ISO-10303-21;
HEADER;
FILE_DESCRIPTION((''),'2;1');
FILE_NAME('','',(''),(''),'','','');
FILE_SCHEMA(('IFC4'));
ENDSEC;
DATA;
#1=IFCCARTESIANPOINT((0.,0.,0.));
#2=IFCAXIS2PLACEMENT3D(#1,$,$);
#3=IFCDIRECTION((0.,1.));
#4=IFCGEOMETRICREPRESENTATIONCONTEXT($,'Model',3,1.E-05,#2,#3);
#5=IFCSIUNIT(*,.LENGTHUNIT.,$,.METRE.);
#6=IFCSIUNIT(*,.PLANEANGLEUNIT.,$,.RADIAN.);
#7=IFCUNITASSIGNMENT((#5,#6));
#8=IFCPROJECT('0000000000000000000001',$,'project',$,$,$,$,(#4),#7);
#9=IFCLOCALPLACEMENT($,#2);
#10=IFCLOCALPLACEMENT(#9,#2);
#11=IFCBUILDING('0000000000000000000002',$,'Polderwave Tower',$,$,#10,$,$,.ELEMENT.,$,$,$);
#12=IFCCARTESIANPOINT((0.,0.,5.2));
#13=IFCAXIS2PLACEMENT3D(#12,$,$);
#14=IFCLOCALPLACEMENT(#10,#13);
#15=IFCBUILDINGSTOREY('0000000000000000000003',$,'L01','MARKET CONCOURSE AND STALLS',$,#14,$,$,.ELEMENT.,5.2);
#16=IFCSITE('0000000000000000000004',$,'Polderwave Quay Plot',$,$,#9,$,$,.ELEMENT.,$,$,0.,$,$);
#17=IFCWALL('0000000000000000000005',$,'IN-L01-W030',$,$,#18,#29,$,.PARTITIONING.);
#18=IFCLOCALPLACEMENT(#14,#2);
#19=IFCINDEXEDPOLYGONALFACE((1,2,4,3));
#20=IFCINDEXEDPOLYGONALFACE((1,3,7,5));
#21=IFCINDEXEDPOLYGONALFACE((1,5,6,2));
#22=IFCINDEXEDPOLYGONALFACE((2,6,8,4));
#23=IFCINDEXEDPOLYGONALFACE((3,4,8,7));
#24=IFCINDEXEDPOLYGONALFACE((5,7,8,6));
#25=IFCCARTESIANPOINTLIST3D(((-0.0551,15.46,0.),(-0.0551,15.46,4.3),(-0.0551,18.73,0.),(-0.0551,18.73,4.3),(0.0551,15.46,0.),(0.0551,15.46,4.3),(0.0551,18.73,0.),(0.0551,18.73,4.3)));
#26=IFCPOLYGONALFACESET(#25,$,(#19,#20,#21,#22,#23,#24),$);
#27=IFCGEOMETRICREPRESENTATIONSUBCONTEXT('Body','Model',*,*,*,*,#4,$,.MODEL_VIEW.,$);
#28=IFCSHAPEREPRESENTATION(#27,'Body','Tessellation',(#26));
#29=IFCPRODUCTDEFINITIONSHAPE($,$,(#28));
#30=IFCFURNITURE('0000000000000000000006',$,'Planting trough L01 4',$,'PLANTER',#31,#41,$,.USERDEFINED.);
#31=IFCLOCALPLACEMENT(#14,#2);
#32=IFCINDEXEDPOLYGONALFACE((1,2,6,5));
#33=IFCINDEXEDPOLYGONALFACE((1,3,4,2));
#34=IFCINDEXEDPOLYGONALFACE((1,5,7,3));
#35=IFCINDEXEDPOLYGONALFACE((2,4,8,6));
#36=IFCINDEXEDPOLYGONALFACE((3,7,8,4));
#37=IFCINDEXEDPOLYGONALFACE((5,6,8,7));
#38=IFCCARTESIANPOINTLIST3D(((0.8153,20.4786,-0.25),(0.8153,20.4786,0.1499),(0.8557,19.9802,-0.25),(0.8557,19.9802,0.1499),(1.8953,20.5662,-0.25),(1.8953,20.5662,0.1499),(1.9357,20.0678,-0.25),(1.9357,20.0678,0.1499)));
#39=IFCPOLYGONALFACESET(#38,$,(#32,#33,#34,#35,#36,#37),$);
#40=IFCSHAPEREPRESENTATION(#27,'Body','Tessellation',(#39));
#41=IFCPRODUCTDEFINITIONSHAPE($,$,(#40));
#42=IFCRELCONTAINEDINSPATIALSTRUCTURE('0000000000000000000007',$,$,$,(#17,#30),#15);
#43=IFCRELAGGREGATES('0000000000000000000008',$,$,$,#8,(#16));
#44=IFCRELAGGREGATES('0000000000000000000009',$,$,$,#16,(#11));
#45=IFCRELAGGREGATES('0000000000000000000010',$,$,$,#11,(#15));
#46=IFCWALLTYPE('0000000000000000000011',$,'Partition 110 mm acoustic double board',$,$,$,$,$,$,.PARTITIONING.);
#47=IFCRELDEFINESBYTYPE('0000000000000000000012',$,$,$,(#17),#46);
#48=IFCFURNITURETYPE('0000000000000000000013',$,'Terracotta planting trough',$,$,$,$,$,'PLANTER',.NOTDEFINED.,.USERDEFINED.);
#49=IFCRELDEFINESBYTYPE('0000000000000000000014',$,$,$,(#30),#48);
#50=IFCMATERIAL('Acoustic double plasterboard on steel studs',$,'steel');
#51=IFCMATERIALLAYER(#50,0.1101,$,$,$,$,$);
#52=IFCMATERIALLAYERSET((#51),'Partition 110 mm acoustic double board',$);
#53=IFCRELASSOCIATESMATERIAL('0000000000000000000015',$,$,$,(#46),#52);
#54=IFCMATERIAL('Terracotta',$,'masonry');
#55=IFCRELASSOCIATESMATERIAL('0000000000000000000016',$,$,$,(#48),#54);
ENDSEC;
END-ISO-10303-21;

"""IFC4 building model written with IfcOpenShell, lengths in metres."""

from ifc_helpers import new_model, si_unit, direction, frame, frame_2d, origin, origin_2d, place, context, subcontext, project, spatial, rectangle, extrude, material, layer, layer_set, type_object, element, save


model = new_model("IFC4")

# Units and contexts
model_context = context("Model", 3, precision=1e-05, world=origin(), true_north=direction((0.0, 1.0)))
body_context = subcontext(model_context, "Body", "Model", "MODEL_VIEW")
ifc_project = project(units=[si_unit("LENGTHUNIT", "METRE"), si_unit("PLANEANGLEUNIT", "RADIAN")], contexts=[model_context])

# Site, building, storey
site_placement = place(None, origin())
site = spatial("IfcSite", under=ifc_project, at=site_placement, Name="Polderwave Quay Plot", CompositionType="ELEMENT", RefElevation=0.0)
building_placement = place(site_placement, origin())
building = spatial("IfcBuilding", under=site, at=building_placement, Name="Polderwave Tower", CompositionType="ELEMENT")
storey_placement = place(building_placement, frame((0.0, 0.0, 5.2)))
storey = spatial("IfcBuildingStorey", under=building, at=storey_placement, Name="L01", Description="MARKET CONCOURSE AND STALLS", CompositionType="ELEMENT", Elevation=5.2)

# Wall
ifc_material_1 = material(Name="Acoustic double plasterboard on steel studs", Category="steel")
ifc_layer_1 = layer(ifc_material_1, 0.1101)
ifc_layer_set_1 = layer_set([ifc_layer_1], Name="Partition 110 mm acoustic double board")
wall_type_1 = type_object("IfcWallType", Name="Partition 110 mm acoustic double board", PredefinedType="PARTITIONING", material=ifc_layer_set_1)
wall_1_placement = place(storey_placement, frame((0.0, 15.46, 0.0), z_axis=(0.0, 0.0, 1.0), x_axis=(0.0, 1.0, 0.0)))
element("IfcWall", 1, at=wall_1_placement, inside=storey, type_object=wall_type_1, Name="IN-L01-W030", PredefinedType="PARTITIONING", context=body_context, shape_type="SweptSolid", body=[
    extrude(rectangle(XDim=3.27, YDim=0.1101, at=frame_2d((1.635, 0.0))), origin(), (0.0, 0.0, 1.0), 4.3),
])

# Furniture
ifc_material_2 = material(Name="Terracotta", Category="masonry")
furniture_type = type_object("IfcFurnitureType", Name="Terracotta planting trough", ElementType="PLANTER", AssemblyPlace="NOTDEFINED", PredefinedType="USERDEFINED", material=ifc_material_2)
furniture_placement = place(storey_placement, frame((1.3755, 20.2732, -0.25), z_axis=(0.0, 0.0, 1.0), x_axis=(-0.99673, -0.080806, 0.0)))
element("IfcFurniture", 2, at=furniture_placement, inside=storey, type_object=furniture_type, Name="Planting trough L01 4", ObjectType="PLANTER", PredefinedType="USERDEFINED", context=body_context, shape_type="SweptSolid", body=[
    extrude(rectangle(XDim=1.0835, YDim=0.5, at=origin_2d()), origin(), (0.0, 0.0, 1.0), 0.3999),
])

save(model, "model.ifc")
